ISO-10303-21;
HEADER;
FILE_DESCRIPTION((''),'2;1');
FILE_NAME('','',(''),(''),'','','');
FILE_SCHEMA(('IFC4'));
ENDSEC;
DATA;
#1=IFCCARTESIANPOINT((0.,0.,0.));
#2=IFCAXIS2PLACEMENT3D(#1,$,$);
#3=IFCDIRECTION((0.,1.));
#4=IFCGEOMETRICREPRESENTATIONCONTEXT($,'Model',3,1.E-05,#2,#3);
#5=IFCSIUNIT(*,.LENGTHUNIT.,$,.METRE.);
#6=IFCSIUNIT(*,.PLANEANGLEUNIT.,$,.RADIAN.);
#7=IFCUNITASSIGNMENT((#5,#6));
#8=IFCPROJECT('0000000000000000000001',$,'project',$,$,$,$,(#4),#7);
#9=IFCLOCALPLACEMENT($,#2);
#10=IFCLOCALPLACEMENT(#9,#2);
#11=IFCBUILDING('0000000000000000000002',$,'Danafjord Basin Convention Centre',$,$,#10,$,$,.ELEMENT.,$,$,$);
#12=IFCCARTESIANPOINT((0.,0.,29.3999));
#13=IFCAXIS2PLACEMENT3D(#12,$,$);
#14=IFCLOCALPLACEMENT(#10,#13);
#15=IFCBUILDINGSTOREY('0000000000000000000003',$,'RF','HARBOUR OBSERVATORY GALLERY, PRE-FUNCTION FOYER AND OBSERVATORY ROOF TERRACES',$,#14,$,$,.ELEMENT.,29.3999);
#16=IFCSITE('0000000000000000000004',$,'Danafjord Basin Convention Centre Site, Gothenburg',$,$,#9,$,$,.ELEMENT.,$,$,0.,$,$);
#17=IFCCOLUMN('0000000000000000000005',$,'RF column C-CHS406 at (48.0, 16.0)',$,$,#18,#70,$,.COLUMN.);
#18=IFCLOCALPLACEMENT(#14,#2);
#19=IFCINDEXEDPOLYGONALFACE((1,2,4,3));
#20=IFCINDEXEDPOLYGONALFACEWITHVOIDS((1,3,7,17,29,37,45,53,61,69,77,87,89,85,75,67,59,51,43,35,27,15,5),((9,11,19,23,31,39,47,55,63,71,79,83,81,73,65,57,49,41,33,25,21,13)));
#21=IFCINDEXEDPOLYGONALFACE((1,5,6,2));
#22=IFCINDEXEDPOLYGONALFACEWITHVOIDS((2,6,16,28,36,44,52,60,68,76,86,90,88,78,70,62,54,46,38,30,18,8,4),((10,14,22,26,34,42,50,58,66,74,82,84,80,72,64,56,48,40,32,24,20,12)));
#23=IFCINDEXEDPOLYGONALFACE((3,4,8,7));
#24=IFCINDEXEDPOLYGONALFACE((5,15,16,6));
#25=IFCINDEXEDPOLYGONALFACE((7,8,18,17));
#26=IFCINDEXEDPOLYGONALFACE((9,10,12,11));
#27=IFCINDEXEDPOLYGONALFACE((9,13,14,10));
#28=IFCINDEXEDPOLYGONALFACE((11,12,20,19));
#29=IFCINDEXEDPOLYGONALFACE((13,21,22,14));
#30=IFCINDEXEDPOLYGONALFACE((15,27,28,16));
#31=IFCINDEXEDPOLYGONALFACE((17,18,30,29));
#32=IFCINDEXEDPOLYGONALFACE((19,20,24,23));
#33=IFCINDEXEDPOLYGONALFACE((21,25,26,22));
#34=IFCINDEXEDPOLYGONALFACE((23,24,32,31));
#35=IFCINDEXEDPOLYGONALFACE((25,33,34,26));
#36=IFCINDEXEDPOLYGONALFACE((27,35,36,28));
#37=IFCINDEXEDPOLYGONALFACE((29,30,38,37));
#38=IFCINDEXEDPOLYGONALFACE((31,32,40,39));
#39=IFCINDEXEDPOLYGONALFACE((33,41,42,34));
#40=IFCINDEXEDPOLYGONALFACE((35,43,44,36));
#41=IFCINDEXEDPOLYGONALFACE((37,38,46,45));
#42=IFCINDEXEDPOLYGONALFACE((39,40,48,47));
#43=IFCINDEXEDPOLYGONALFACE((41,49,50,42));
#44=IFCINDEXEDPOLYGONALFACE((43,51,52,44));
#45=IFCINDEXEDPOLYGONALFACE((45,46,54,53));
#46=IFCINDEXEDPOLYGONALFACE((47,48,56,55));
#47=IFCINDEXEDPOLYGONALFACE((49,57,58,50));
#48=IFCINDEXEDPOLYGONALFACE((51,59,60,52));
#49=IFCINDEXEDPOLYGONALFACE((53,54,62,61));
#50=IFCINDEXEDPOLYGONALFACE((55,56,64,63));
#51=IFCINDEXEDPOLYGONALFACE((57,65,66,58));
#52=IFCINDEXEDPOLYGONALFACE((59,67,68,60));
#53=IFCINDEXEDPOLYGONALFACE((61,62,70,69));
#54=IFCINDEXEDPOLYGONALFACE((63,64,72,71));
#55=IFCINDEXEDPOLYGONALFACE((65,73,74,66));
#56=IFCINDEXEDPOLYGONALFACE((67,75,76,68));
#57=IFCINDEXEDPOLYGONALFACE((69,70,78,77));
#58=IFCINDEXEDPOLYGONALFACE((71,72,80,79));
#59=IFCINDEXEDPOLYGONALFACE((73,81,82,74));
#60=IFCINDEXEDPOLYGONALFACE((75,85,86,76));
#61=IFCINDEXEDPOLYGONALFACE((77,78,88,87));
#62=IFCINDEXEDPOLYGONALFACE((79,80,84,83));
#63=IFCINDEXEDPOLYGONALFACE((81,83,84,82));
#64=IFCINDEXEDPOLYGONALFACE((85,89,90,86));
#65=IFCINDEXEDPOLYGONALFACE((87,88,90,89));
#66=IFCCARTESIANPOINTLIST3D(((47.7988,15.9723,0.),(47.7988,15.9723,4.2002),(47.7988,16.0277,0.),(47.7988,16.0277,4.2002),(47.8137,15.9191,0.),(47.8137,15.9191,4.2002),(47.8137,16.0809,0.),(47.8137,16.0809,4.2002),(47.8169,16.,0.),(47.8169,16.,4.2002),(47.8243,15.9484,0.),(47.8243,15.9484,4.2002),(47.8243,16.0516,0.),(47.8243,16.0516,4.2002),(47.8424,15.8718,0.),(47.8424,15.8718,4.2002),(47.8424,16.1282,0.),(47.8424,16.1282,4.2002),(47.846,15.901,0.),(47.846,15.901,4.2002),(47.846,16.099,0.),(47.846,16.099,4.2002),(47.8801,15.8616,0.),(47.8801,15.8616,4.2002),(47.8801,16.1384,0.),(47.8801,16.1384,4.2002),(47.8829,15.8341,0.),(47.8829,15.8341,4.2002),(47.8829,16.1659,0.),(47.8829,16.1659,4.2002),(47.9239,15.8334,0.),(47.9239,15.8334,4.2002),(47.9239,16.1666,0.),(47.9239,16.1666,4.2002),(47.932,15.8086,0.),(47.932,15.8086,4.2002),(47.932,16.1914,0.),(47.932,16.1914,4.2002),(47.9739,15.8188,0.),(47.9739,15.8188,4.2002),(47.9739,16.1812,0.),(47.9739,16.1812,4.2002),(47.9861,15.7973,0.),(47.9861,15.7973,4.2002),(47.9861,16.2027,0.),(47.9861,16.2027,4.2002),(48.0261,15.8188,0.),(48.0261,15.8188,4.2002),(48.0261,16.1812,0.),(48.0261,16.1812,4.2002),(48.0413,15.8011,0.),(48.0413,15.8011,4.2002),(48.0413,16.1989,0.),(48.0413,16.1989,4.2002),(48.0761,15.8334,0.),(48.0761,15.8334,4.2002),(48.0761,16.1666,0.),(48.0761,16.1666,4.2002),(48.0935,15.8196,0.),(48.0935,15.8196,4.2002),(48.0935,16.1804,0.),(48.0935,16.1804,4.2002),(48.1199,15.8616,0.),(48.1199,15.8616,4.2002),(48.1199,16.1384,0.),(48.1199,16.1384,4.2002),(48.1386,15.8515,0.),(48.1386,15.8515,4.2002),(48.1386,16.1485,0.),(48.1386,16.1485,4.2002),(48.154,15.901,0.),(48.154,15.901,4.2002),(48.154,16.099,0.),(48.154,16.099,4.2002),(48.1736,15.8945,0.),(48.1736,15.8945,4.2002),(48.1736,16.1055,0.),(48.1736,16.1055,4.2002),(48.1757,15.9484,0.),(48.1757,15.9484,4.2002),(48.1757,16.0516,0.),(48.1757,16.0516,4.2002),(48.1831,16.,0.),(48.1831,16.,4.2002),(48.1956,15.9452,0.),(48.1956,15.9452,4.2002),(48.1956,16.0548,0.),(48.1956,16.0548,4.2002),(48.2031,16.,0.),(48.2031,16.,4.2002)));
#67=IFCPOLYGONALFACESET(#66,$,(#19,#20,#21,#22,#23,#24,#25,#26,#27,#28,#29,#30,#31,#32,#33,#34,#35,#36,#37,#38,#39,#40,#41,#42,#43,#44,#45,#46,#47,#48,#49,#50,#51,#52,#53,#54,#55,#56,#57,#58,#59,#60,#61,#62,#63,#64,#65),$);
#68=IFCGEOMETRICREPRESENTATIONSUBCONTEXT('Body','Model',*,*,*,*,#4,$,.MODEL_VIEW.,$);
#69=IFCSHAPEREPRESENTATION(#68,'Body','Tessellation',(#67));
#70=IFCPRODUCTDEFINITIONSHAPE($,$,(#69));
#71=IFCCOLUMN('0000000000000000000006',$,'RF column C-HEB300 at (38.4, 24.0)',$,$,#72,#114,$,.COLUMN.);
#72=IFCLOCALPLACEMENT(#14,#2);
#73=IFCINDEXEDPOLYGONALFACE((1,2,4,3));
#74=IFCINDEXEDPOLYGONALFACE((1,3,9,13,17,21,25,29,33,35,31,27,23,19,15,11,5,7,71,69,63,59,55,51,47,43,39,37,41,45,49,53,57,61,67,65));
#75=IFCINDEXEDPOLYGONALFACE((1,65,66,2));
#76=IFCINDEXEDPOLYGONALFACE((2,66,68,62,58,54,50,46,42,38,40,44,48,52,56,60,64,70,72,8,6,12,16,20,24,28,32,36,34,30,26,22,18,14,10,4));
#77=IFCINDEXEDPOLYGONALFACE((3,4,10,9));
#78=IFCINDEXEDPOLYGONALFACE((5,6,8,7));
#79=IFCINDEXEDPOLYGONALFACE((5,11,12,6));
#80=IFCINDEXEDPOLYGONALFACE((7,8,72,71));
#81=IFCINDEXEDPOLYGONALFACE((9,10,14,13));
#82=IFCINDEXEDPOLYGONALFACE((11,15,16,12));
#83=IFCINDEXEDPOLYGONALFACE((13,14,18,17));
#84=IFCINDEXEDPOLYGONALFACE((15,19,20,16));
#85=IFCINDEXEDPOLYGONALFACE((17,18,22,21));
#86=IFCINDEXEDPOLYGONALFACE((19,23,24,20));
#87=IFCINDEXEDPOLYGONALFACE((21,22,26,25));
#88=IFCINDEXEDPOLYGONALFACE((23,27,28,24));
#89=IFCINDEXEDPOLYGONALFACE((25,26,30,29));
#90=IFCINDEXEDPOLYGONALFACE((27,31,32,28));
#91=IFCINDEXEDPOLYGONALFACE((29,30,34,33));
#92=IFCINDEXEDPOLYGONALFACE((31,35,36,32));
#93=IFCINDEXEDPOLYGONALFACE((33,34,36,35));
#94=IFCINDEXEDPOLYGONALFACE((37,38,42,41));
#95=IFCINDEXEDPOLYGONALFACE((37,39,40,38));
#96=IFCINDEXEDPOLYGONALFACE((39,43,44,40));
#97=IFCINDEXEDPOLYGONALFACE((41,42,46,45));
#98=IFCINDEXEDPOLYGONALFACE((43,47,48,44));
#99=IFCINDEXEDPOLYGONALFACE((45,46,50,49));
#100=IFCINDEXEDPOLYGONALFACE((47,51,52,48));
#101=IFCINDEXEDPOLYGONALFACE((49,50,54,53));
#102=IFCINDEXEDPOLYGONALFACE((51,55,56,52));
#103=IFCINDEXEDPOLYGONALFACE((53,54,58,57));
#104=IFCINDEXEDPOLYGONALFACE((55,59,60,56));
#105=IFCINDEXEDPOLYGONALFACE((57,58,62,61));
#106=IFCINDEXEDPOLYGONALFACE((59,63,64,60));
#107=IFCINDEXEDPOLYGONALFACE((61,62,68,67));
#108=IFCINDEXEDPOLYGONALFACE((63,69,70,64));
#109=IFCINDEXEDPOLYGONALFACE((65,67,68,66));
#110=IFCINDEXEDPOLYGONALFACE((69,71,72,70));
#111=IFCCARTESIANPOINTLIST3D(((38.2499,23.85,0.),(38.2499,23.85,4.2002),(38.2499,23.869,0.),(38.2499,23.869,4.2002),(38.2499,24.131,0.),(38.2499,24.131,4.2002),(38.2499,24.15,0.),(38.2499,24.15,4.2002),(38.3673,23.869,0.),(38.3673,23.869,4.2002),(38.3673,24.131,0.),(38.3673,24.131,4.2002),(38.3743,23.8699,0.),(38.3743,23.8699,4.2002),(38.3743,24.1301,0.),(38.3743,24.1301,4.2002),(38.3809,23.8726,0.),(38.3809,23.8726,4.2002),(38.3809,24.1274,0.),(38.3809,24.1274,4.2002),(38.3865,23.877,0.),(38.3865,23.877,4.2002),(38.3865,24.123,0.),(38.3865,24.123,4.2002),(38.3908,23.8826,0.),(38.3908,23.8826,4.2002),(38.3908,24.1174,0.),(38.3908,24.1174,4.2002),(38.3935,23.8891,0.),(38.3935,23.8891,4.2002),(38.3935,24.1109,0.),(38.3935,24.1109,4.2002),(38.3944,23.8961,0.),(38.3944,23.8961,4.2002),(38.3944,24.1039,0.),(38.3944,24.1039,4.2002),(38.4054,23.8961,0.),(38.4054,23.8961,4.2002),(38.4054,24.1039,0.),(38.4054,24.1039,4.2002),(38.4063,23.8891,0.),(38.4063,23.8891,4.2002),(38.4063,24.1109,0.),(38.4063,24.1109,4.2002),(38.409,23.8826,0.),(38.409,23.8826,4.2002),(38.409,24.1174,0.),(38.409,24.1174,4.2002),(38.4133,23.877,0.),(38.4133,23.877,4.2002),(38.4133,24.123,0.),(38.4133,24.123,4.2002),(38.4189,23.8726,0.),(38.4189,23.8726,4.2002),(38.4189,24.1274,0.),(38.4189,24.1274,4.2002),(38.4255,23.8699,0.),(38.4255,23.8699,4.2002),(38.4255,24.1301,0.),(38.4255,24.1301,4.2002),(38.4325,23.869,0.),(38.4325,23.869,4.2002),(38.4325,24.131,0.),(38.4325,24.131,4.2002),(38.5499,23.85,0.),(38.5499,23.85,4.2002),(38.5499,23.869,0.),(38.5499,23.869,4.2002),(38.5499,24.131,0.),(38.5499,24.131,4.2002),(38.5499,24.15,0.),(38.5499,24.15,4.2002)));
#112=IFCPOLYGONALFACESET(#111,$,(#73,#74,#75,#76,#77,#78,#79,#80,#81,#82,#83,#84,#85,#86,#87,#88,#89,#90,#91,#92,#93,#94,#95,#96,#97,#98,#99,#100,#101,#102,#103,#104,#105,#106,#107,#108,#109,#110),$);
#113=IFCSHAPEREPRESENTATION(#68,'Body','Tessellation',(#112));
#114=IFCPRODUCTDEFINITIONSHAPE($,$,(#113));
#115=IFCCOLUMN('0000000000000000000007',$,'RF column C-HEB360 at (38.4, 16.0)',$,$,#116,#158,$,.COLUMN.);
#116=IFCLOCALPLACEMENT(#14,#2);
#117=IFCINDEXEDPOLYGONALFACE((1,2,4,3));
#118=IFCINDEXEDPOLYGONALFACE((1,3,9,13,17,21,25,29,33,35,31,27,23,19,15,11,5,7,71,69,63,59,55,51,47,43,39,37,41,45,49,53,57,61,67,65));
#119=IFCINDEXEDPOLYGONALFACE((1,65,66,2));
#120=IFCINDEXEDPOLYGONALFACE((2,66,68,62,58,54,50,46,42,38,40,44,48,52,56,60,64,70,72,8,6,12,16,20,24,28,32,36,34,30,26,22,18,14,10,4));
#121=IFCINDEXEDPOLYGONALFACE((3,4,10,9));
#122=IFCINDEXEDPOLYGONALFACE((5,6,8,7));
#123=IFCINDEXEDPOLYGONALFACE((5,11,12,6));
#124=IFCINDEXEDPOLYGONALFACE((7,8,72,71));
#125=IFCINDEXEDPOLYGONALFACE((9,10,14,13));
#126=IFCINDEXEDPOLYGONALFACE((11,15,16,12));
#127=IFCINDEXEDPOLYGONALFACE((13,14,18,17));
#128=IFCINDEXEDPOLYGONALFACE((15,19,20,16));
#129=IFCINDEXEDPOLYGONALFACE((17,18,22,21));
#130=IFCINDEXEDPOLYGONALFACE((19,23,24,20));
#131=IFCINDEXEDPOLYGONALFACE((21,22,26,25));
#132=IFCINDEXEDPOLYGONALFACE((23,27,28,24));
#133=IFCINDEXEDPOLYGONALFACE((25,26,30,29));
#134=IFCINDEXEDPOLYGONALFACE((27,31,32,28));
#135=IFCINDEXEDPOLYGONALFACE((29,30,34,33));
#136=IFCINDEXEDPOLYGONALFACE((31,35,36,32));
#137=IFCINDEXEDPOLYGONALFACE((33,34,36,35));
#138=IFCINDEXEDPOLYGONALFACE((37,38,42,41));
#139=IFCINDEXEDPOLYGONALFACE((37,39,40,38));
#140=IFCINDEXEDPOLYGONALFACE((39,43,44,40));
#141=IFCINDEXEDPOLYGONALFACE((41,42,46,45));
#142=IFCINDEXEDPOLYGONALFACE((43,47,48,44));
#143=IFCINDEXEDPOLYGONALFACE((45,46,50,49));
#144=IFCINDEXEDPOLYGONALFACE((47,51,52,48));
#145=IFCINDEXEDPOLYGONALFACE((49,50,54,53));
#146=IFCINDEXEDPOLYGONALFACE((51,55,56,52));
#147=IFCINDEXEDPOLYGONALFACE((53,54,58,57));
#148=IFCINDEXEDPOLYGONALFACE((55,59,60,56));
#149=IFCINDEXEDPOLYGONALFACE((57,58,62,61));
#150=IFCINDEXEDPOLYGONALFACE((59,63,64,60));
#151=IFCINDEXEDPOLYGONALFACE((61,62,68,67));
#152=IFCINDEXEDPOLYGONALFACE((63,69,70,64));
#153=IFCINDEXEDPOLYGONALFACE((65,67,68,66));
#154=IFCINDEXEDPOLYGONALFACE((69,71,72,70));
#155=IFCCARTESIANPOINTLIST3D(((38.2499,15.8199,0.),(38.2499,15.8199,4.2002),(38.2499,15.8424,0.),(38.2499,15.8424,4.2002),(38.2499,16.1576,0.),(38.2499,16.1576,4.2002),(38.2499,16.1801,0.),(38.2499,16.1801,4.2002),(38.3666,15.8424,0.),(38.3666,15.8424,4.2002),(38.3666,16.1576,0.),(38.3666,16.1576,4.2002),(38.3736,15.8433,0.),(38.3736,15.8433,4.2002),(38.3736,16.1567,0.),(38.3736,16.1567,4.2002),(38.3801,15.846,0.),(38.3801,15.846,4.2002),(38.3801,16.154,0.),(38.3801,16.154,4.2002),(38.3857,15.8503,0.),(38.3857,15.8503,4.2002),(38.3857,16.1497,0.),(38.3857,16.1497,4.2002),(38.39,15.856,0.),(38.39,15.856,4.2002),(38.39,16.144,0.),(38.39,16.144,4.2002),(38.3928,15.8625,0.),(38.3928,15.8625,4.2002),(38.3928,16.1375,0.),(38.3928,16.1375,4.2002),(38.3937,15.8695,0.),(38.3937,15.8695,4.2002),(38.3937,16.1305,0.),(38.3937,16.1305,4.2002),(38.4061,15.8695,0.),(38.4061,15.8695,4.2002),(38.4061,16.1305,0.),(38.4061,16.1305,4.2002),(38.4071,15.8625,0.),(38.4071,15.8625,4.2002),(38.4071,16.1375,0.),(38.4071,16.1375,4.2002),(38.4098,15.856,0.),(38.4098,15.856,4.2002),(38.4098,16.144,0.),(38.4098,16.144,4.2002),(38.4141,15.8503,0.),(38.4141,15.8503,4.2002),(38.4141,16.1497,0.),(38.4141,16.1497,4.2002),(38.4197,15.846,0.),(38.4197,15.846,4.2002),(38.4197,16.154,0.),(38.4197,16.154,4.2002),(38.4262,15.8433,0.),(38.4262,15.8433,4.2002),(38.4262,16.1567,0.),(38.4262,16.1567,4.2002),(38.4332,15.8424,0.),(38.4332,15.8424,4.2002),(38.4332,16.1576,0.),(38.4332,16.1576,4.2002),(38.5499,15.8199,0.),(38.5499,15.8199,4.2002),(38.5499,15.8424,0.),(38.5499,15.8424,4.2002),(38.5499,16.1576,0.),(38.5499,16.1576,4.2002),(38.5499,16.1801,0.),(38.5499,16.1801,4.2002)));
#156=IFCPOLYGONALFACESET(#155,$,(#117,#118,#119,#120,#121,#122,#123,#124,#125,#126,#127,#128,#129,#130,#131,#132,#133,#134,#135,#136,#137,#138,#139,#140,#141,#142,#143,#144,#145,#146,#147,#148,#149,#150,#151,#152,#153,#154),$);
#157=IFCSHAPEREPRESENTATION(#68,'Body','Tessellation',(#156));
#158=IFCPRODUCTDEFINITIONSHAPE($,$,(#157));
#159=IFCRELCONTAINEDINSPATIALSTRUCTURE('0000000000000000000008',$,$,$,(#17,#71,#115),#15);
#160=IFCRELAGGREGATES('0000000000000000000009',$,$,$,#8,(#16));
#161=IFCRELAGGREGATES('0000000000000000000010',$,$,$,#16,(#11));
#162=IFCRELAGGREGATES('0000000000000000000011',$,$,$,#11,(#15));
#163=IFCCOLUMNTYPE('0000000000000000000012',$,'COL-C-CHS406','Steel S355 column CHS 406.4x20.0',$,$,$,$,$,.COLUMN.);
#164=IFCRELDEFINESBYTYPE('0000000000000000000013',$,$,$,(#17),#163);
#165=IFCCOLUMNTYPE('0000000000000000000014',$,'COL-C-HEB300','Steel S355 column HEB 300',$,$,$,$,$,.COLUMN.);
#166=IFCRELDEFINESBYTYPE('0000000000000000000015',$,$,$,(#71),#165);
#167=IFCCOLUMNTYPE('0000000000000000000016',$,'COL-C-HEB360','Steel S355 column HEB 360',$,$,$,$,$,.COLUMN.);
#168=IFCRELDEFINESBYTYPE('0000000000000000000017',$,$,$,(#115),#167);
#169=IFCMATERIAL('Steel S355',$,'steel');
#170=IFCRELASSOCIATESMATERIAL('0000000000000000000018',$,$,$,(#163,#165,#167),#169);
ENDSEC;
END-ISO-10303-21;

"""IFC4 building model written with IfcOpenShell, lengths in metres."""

from ifc_helpers import new_model, si_unit, direction, frame, origin, origin_2d, place, context, subcontext, project, spatial, hollow_circle, i_section, extrude, material, material_profile, profile_set, type_object, element, save


model = new_model("IFC4")

# Units and contexts
model_context = context("Model", 3, precision=1e-05, world=origin(), true_north=direction((0.0, 1.0)))
body_context = subcontext(model_context, "Body", "Model", "MODEL_VIEW")
ifc_project = project(units=[si_unit("LENGTHUNIT", "METRE"), si_unit("PLANEANGLEUNIT", "RADIAN")], contexts=[model_context])

# Site, building, storey
site_placement = place(None, origin())
site = spatial("IfcSite", under=ifc_project, at=site_placement, Name="Danafjord Basin Convention Centre Site, Gothenburg", CompositionType="ELEMENT", RefElevation=0.0)
building_placement = place(site_placement, origin())
building = spatial("IfcBuilding", under=site, at=building_placement, Name="Danafjord Basin Convention Centre", CompositionType="ELEMENT")
storey_placement = place(building_placement, frame((0.0, 0.0, 29.3999)))
storey = spatial("IfcBuildingStorey", under=building, at=storey_placement, Name="RF", Description="HARBOUR OBSERVATORY GALLERY, PRE-FUNCTION FOYER AND OBSERVATORY ROOF TERRACES", CompositionType="ELEMENT", Elevation=29.3999)

# Columns
ifc_material_1 = material(Name="Steel S355", Category="steel")
ifc_material_profile_1 = material_profile(ifc_material_1, hollow_circle(Radius=0.2031, WallThickness=0.02, at=origin_2d()), Name="CHS 406.4x20.0")
ifc_profile_set_1 = profile_set([ifc_material_profile_1], Name="Steel S355")
column_type_1 = type_object("IfcColumnType", Name="COL-C-CHS406", Description="Steel S355 column CHS 406.4x20.0", PredefinedType="COLUMN", material=ifc_profile_set_1)
column_1_placement = place(storey_placement, frame((48.0, 16.0, 0.0), z_axis=(0.0, 0.0, 1.0), x_axis=(1.0, 0.0, 0.0)))
element("IfcColumn", 1, at=column_1_placement, inside=storey, type_object=column_type_1, Name="RF column C-CHS406 at (48.0, 16.0)", PredefinedType="COLUMN", context=body_context, shape_type="SweptSolid", body=[
    extrude(hollow_circle(Radius=0.2031, WallThickness=0.02, at=origin_2d()), origin(), (0.0, 0.0, 1.0), 4.2002),
])
ifc_material_profile_2 = material_profile(ifc_material_1, i_section(OverallWidth=0.3, OverallDepth=0.3, WebThickness=0.011, FlangeThickness=0.019, FilletRadius=0.0271, at=origin_2d()), Name="HEB 300")
ifc_profile_set_2 = profile_set([ifc_material_profile_2], Name="Steel S355")
column_type_2 = type_object("IfcColumnType", Name="COL-C-HEB300", Description="Steel S355 column HEB 300", PredefinedType="COLUMN", material=ifc_profile_set_2)
column_2_placement = place(storey_placement, frame((38.3999, 24.0, 0.0), z_axis=(0.0, 0.0, 1.0), x_axis=(1.0, 0.0, 0.0)))
element("IfcColumn", 2, at=column_2_placement, inside=storey, type_object=column_type_2, Name="RF column C-HEB300 at (38.4, 24.0)", PredefinedType="COLUMN", context=body_context, shape_type="SweptSolid", body=[
    extrude(i_section(OverallWidth=0.3, OverallDepth=0.3, WebThickness=0.011, FlangeThickness=0.019, FilletRadius=0.0271, at=origin_2d()), origin(), (0.0, 0.0, 1.0), 4.2002),
])
ifc_material_profile_3 = material_profile(ifc_material_1, i_section(OverallWidth=0.3, OverallDepth=0.3601, WebThickness=0.0125, FlangeThickness=0.0225, FilletRadius=0.0271, at=origin_2d()), Name="HEB 360")
ifc_profile_set_3 = profile_set([ifc_material_profile_3], Name="Steel S355")
column_type_3 = type_object("IfcColumnType", Name="COL-C-HEB360", Description="Steel S355 column HEB 360", PredefinedType="COLUMN", material=ifc_profile_set_3)
column_3_placement = place(storey_placement, frame((38.3999, 16.0, 0.0), z_axis=(0.0, 0.0, 1.0), x_axis=(1.0, 0.0, 0.0)))
element("IfcColumn", 3, at=column_3_placement, inside=storey, type_object=column_type_3, Name="RF column C-HEB360 at (38.4, 16.0)", PredefinedType="COLUMN", context=body_context, shape_type="SweptSolid", body=[
    extrude(i_section(OverallWidth=0.3, OverallDepth=0.3601, WebThickness=0.0125, FlangeThickness=0.0225, FilletRadius=0.0271, at=origin_2d()), origin(), (0.0, 0.0, 1.0), 4.2002),
])

save(model, "model.ifc")
